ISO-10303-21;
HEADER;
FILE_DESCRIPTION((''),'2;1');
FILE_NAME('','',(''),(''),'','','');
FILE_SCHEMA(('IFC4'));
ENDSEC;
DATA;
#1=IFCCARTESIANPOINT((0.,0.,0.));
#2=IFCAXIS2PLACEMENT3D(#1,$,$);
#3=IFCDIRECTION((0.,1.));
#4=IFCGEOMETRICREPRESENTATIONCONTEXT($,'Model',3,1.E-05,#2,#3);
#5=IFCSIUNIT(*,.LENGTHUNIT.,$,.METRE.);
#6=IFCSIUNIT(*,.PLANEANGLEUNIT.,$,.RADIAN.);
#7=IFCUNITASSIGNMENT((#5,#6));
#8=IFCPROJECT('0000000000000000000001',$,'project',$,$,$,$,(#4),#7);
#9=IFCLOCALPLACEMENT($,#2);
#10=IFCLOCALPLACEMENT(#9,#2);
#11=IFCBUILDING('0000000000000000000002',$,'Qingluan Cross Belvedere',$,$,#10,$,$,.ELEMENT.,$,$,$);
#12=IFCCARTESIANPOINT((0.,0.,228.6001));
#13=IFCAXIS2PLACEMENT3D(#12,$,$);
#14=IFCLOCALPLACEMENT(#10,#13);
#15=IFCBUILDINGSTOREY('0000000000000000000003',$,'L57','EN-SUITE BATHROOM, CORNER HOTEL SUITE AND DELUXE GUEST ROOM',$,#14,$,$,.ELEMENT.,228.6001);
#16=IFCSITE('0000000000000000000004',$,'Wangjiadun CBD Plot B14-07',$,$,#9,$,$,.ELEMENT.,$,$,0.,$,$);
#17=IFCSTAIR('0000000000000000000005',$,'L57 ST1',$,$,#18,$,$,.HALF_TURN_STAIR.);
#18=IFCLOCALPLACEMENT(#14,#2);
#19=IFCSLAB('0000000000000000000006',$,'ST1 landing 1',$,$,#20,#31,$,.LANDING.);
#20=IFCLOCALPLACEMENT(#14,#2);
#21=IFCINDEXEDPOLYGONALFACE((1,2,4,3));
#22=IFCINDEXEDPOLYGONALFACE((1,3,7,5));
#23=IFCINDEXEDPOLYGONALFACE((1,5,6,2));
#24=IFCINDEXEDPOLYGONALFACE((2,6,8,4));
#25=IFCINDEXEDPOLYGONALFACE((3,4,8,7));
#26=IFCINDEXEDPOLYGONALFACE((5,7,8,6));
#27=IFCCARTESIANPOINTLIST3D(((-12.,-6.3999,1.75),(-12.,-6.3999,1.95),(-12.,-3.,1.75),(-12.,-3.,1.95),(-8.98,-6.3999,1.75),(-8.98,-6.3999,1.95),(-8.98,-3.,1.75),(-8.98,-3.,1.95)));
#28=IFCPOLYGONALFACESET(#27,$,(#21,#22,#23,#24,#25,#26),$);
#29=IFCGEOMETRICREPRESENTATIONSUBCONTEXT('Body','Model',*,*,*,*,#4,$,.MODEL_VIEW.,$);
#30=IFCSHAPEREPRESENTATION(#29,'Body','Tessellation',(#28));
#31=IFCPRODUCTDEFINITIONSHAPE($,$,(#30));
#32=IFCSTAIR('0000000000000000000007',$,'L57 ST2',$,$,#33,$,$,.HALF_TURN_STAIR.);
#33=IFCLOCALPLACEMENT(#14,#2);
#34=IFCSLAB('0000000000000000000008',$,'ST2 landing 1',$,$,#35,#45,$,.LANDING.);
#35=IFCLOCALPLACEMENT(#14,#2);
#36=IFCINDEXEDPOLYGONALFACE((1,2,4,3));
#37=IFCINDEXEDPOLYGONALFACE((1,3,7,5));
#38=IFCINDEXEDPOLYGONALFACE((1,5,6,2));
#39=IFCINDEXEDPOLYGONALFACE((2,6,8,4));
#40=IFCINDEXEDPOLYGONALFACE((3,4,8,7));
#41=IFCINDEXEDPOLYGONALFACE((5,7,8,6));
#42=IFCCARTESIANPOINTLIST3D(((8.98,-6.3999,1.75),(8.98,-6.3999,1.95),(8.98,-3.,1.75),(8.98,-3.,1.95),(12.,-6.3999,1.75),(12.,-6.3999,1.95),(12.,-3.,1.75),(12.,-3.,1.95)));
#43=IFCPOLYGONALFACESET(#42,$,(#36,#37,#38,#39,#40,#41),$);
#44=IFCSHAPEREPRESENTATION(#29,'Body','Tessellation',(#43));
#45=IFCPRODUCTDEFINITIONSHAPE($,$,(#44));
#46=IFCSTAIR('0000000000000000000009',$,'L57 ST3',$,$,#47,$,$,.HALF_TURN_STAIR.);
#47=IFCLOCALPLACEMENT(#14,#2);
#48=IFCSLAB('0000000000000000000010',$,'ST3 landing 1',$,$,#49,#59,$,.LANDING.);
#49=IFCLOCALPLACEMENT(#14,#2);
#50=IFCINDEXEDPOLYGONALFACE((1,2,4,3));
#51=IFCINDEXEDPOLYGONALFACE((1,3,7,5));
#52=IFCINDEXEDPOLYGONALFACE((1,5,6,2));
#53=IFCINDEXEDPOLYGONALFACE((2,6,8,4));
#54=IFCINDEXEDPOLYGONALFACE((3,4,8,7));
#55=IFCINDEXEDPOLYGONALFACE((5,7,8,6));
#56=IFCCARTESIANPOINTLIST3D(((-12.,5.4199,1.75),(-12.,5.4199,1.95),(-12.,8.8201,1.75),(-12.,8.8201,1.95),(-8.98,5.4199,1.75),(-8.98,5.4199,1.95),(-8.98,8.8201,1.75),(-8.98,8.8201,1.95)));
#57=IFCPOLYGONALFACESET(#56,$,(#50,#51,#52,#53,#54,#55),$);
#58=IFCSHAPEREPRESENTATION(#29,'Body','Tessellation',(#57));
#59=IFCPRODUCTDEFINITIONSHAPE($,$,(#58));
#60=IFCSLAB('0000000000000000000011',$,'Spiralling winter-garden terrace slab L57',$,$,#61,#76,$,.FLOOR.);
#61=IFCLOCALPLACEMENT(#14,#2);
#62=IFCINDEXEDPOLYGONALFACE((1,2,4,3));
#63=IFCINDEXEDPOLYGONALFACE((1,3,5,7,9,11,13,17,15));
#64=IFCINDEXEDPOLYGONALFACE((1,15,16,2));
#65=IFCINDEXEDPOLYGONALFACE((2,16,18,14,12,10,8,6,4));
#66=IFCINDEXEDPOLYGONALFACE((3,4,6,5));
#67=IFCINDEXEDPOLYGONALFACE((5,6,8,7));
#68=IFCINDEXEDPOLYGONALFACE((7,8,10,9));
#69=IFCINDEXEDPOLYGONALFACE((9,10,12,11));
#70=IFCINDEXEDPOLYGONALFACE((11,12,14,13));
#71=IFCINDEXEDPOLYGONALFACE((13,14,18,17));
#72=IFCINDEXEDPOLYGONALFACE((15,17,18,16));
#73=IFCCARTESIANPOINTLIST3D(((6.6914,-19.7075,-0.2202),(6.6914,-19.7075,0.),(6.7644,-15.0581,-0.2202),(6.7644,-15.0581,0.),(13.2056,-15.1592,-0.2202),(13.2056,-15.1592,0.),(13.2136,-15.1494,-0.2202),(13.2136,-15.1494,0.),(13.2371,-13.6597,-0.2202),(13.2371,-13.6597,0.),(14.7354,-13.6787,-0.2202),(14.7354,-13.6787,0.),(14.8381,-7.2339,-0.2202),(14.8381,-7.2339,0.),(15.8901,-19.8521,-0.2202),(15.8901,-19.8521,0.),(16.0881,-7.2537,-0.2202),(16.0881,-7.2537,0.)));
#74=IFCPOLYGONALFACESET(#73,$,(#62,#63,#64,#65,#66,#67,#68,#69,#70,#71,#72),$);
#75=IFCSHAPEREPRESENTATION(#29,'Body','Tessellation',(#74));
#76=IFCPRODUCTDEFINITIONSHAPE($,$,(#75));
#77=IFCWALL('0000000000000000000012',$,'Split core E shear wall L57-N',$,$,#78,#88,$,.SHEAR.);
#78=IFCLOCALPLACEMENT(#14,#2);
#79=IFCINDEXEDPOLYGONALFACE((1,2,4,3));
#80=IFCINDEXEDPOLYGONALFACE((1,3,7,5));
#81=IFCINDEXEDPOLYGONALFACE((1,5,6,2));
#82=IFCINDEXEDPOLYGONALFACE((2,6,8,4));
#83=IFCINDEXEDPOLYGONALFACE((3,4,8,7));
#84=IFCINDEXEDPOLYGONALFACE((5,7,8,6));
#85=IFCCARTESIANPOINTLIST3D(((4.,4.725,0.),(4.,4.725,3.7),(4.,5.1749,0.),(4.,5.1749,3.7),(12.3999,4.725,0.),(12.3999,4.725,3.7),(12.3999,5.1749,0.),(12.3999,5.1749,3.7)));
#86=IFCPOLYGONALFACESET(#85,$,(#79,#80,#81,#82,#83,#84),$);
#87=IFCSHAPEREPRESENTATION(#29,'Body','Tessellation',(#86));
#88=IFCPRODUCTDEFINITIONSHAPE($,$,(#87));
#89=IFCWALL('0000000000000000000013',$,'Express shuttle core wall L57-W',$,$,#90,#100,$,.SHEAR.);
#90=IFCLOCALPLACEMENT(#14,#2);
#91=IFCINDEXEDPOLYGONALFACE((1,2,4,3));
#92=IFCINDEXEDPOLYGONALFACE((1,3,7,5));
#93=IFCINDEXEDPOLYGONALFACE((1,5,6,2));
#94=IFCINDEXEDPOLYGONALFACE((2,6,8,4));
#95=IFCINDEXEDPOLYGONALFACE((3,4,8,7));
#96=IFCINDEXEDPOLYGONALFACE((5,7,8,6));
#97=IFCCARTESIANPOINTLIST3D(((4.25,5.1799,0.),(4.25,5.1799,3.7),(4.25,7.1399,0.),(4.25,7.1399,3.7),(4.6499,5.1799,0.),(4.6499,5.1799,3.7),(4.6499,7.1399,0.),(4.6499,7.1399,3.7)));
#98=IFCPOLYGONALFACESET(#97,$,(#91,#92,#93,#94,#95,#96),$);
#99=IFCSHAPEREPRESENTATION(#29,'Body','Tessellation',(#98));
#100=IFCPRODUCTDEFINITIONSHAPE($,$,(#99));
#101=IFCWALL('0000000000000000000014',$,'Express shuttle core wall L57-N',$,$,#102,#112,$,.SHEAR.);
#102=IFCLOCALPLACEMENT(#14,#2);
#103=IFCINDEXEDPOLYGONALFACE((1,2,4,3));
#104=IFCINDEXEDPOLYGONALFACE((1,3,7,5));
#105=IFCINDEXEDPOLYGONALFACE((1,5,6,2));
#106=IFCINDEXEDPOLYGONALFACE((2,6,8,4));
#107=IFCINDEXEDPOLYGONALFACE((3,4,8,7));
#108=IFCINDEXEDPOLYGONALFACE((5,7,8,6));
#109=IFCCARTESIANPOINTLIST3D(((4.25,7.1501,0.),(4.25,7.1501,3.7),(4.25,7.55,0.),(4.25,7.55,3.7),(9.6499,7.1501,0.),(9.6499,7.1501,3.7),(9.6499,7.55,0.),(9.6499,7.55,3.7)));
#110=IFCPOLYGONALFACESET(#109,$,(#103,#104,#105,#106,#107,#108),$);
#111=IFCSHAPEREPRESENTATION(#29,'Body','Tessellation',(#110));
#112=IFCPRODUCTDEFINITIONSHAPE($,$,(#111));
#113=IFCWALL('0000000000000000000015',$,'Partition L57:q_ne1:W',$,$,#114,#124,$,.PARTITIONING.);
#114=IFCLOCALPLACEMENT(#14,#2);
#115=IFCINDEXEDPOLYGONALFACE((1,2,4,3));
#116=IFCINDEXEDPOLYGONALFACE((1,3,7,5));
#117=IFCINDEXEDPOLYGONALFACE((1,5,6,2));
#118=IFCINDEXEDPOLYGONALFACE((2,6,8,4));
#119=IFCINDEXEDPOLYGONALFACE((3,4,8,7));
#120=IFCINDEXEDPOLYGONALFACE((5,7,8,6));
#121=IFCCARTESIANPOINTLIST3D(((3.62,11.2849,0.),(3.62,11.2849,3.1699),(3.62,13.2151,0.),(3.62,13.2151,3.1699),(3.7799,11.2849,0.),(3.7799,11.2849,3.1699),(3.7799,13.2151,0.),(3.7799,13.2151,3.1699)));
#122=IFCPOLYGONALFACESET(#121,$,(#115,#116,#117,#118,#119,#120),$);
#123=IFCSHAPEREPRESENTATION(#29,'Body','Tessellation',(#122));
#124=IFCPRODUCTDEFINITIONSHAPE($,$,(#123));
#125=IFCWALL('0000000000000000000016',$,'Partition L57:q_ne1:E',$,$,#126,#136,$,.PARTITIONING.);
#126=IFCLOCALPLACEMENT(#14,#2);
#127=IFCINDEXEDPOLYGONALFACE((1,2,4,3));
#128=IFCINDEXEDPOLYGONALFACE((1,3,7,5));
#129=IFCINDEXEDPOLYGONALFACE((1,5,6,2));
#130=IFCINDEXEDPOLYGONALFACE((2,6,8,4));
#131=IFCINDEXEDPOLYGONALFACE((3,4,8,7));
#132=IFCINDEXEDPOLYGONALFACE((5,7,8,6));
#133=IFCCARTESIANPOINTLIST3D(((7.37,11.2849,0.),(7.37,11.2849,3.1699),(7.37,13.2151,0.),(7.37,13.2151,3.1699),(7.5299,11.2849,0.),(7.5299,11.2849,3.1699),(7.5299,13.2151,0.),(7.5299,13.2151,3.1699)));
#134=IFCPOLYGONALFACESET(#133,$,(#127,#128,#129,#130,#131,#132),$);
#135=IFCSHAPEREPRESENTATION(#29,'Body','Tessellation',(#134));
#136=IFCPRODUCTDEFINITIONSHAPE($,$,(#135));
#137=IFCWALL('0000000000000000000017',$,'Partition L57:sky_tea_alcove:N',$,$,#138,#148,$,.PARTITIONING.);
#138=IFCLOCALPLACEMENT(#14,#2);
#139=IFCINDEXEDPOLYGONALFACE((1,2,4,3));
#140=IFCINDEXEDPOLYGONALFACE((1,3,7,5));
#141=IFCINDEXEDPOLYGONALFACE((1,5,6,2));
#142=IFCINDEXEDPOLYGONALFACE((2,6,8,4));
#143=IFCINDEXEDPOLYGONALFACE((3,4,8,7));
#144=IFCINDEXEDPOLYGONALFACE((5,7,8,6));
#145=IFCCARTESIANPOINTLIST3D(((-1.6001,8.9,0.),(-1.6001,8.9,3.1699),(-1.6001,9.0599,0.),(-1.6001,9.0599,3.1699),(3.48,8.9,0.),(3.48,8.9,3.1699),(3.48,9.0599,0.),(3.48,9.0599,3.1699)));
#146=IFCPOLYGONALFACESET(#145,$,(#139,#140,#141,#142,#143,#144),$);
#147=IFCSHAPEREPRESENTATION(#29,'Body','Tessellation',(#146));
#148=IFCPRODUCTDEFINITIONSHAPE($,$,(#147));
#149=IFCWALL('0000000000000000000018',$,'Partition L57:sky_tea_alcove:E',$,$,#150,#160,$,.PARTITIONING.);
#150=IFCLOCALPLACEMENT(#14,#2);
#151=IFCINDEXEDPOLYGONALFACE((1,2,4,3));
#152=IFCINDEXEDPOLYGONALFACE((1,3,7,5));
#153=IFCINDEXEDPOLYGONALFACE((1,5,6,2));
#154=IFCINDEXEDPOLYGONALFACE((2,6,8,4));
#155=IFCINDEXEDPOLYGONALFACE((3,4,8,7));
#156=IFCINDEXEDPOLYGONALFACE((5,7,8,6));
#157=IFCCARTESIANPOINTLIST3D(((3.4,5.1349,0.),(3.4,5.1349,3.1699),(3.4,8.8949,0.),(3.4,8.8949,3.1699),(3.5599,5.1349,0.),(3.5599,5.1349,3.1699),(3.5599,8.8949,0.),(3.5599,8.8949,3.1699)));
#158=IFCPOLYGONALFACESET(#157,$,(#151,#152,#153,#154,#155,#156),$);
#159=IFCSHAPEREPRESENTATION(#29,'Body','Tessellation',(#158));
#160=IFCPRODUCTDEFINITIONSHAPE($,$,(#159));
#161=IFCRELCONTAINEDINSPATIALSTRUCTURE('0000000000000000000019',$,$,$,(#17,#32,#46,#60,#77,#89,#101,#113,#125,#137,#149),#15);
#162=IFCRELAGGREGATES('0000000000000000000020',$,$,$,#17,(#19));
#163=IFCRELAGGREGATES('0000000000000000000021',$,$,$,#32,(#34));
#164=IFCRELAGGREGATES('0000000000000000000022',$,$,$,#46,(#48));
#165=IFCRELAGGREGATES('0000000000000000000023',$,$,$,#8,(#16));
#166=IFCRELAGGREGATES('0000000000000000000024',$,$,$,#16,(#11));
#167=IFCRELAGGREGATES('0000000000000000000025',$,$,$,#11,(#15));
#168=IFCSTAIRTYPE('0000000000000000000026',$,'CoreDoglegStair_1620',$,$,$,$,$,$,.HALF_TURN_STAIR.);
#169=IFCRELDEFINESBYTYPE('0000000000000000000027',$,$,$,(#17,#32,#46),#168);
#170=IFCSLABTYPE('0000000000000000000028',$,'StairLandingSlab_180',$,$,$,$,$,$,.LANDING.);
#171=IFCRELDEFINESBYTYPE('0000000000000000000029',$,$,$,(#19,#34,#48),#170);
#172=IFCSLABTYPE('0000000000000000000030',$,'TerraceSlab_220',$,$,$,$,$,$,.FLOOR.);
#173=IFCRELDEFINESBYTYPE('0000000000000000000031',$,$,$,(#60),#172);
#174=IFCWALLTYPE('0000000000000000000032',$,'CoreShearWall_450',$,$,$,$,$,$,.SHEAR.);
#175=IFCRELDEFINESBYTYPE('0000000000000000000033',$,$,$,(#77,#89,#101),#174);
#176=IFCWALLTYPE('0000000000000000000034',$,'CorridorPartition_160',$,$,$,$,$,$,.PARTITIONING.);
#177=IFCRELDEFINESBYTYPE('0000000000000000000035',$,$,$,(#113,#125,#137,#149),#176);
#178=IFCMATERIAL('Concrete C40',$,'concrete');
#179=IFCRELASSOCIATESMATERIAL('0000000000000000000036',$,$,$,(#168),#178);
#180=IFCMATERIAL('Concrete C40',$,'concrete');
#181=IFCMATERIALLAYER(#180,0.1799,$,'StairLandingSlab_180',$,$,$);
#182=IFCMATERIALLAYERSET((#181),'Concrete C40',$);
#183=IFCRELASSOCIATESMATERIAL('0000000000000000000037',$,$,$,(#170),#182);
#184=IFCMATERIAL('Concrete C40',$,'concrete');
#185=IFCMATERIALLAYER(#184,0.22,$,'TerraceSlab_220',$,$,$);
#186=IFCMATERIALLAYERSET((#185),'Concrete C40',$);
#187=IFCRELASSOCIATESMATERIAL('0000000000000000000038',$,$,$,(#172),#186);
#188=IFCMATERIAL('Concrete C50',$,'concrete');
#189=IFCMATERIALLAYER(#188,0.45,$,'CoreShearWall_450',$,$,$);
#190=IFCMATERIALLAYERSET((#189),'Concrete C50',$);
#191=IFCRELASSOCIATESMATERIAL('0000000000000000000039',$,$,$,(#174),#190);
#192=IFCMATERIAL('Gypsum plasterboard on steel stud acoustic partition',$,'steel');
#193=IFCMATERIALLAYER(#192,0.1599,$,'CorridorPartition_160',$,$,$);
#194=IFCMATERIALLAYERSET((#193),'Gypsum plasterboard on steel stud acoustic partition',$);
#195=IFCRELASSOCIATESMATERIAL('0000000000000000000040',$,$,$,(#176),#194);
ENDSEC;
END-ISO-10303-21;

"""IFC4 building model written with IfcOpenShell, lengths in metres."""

from ifc_helpers import new_model, si_unit, direction, frame, frame_2d, origin, place, context, subcontext, project, spatial, polyline, rectangle, outline, extrude, material, layer, layer_set, type_object, element, aggregate, save


model = new_model("IFC4")

# Units and contexts
model_context = context("Model", 3, precision=1e-05, world=origin(), true_north=direction((0.0, 1.0)))
body_context = subcontext(model_context, "Body", "Model", "MODEL_VIEW")
ifc_project = project(units=[si_unit("LENGTHUNIT", "METRE"), si_unit("PLANEANGLEUNIT", "RADIAN")], contexts=[model_context])

# Site, building, storey
site_placement = place(None, origin())
site = spatial("IfcSite", under=ifc_project, at=site_placement, Name="Wangjiadun CBD Plot B14-07", CompositionType="ELEMENT", RefElevation=0.0)
building_placement = place(site_placement, origin())
building = spatial("IfcBuilding", under=site, at=building_placement, Name="Qingluan Cross Belvedere", CompositionType="ELEMENT")
storey_placement = place(building_placement, frame((0.0, 0.0, 228.6001)))
storey = spatial("IfcBuildingStorey", under=building, at=storey_placement, Name="L57", Description="EN-SUITE BATHROOM, CORNER HOTEL SUITE AND DELUXE GUEST ROOM", CompositionType="ELEMENT", Elevation=228.6001)

# Stairs, slabs
ifc_material_1 = material(Name="Concrete C40", Category="concrete")
stair_type = type_object("IfcStairType", Name="CoreDoglegStair_1620", PredefinedType="HALF_TURN_STAIR", material=ifc_material_1)
stair_1_placement = place(storey_placement, origin())
stair_1 = element("IfcStair", 1, at=stair_1_placement, inside=storey, type_object=stair_type, Name="L57 ST1", PredefinedType="HALF_TURN_STAIR")
ifc_material_2 = material(Name="Concrete C40", Category="concrete")
ifc_layer_1 = layer(ifc_material_2, 0.1799, Name="StairLandingSlab_180")
ifc_layer_set_1 = layer_set([ifc_layer_1], Name="Concrete C40")
slab_type_1 = type_object("IfcSlabType", Name="StairLandingSlab_180", PredefinedType="LANDING", material=ifc_layer_set_1)
slab_1_placement = place(storey_placement, frame((0.0, 0.0, 1.75)))
slab_1 = element("IfcSlab", 2, at=slab_1_placement, type_object=slab_type_1, Name="ST1 landing 1", PredefinedType="LANDING", context=body_context, shape_type="SweptSolid", body=[
    extrude(outline(polyline([(-8.98, -3.0), (-12.0, -3.0), (-12.0, -6.3999), (-8.98, -6.3999), (-8.98, -3.0)])), origin(), (0.0, 0.0, 1.0), 0.2),
])
aggregate(stair_1, [slab_1])
stair_2_placement = place(storey_placement, origin())
stair_2 = element("IfcStair", 3, at=stair_2_placement, inside=storey, type_object=stair_type, Name="L57 ST2", PredefinedType="HALF_TURN_STAIR")
slab_2_placement = place(storey_placement, frame((0.0, 0.0, 1.75)))
slab_2 = element("IfcSlab", 4, at=slab_2_placement, type_object=slab_type_1, Name="ST2 landing 1", PredefinedType="LANDING", context=body_context, shape_type="SweptSolid", body=[
    extrude(outline(polyline([(8.98, -6.3999), (12.0, -6.3999), (12.0, -3.0), (8.98, -3.0), (8.98, -6.3999)])), origin(), (0.0, 0.0, 1.0), 0.2),
])
aggregate(stair_2, [slab_2])
stair_3_placement = place(storey_placement, origin())
stair_3 = element("IfcStair", 5, at=stair_3_placement, inside=storey, type_object=stair_type, Name="L57 ST3", PredefinedType="HALF_TURN_STAIR")
slab_3_placement = place(storey_placement, frame((0.0, 0.0, 1.75)))
slab_3 = element("IfcSlab", 6, at=slab_3_placement, type_object=slab_type_1, Name="ST3 landing 1", PredefinedType="LANDING", context=body_context, shape_type="SweptSolid", body=[
    extrude(outline(polyline([(-8.98, 8.8201), (-12.0, 8.8201), (-12.0, 5.4199), (-8.98, 5.4199), (-8.98, 8.8201)])), origin(), (0.0, 0.0, 1.0), 0.2),
])
aggregate(stair_3, [slab_3])

# Slab
ifc_material_3 = material(Name="Concrete C40", Category="concrete")
ifc_layer_2 = layer(ifc_material_3, 0.22, Name="TerraceSlab_220")
ifc_layer_set_2 = layer_set([ifc_layer_2], Name="Concrete C40")
slab_type_2 = type_object("IfcSlabType", Name="TerraceSlab_220", PredefinedType="FLOOR", material=ifc_layer_set_2)
slab_4_placement = place(storey_placement, frame((0.0, 0.0, -0.2202)))
element("IfcSlab", 7, at=slab_4_placement, inside=storey, type_object=slab_type_2, Name="Spiralling winter-garden terrace slab L57", PredefinedType="FLOOR", context=body_context, shape_type="SweptSolid", body=[
    extrude(outline(polyline([(14.8381, -7.2339), (14.7354, -13.6787), (13.2371, -13.6597), (13.2136, -15.1494), (13.2056, -15.1592), (6.7644, -15.0581), (6.6914, -19.7075), (15.8901, -19.8521), (16.0881, -7.2537), (14.8381, -7.2339)])), origin(), (0.0, 0.0, 1.0), 0.2202),
])

# Walls
ifc_material_4 = material(Name="Concrete C50", Category="concrete")
ifc_layer_3 = layer(ifc_material_4, 0.45, Name="CoreShearWall_450")
ifc_layer_set_3 = layer_set([ifc_layer_3], Name="Concrete C50")
wall_type_1 = type_object("IfcWallType", Name="CoreShearWall_450", PredefinedType="SHEAR", material=ifc_layer_set_3)
wall_1_placement = place(storey_placement, frame((4.0, 4.95, 0.0), z_axis=(0.0, 0.0, 1.0), x_axis=(1.0, 0.0, 0.0)))
element("IfcWall", 8, at=wall_1_placement, inside=storey, type_object=wall_type_1, Name="Split core E shear wall L57-N", PredefinedType="SHEAR", context=body_context, shape_type="SweptSolid", body=[
    extrude(rectangle(XDim=8.3999, YDim=0.45, at=frame_2d((4.2, 0.0))), origin(), (0.0, 0.0, 1.0), 3.7),
])
wall_2_placement = place(storey_placement, frame((4.45, 5.1799, 0.0), z_axis=(0.0, 0.0, 1.0), x_axis=(0.0, 1.0, 0.0)))
element("IfcWall", 9, at=wall_2_placement, inside=storey, type_object=wall_type_1, Name="Express shuttle core wall L57-W", PredefinedType="SHEAR", context=body_context, shape_type="SweptSolid", body=[
    extrude(rectangle(XDim=1.96, YDim=0.3999, at=frame_2d((0.98, 0.0))), origin(), (0.0, 0.0, 1.0), 3.7),
])
wall_3_placement = place(storey_placement, frame((4.25, 7.3501, 0.0), z_axis=(0.0, 0.0, 1.0), x_axis=(1.0, 0.0, 0.0)))
element("IfcWall", 10, at=wall_3_placement, inside=storey, type_object=wall_type_1, Name="Express shuttle core wall L57-N", PredefinedType="SHEAR", context=body_context, shape_type="SweptSolid", body=[
    extrude(rectangle(XDim=5.3999, YDim=0.3999, at=frame_2d((2.7, 0.0))), origin(), (0.0, 0.0, 1.0), 3.7),
])

# Shared definitions
ifc_material_5 = material(Name="Gypsum plasterboard on steel stud acoustic partition", Category="steel")
ifc_layer_4 = layer(ifc_material_5, 0.1599, Name="CorridorPartition_160")
ifc_layer_set_4 = layer_set([ifc_layer_4], Name="Gypsum plasterboard on steel stud acoustic partition")
wall_type_2 = type_object("IfcWallType", Name="CorridorPartition_160", PredefinedType="PARTITIONING", material=ifc_layer_set_4)

# Walls
for number, where, z_axis, x_axis, name in (
    (11, (3.7, 11.2849, 0.0), (0.0, 0.0, 1.0), (0.0, 1.0, 0.0), "Partition L57:q_ne1:W"),
    (12, (7.45, 11.2849, 0.0), (0.0, 0.0, 1.0), (0.0, 1.0, 0.0), "Partition L57:q_ne1:E"),
):
    element("IfcWall", number, at=place(storey_placement, frame(where, z_axis=z_axis, x_axis=x_axis)), inside=storey, type_object=wall_type_2, Name=name, PredefinedType="PARTITIONING", context=body_context, shape_type="SweptSolid", body=[
        extrude(rectangle(XDim=1.9302, YDim=0.1599, at=frame_2d((0.9651, 0.0))), origin(), (0.0, 0.0, 1.0), 3.1699),
    ])

# Walls
wall_4_placement = place(storey_placement, frame((-1.6001, 8.98, 0.0), z_axis=(0.0, 0.0, 1.0), x_axis=(1.0, 0.0, 0.0)))
element("IfcWall", 13, at=wall_4_placement, inside=storey, type_object=wall_type_2, Name="Partition L57:sky_tea_alcove:N", PredefinedType="PARTITIONING", context=body_context, shape_type="SweptSolid", body=[
    extrude(rectangle(XDim=5.0801, YDim=0.1599, at=frame_2d((2.54, 0.0))), origin(), (0.0, 0.0, 1.0), 3.1699),
])
wall_5_placement = place(storey_placement, frame((3.48, 5.135, 0.0), z_axis=(0.0, 0.0, 1.0), x_axis=(0.0, 1.0, 0.0)))
element("IfcWall", 14, at=wall_5_placement, inside=storey, type_object=wall_type_2, Name="Partition L57:sky_tea_alcove:E", PredefinedType="PARTITIONING", context=body_context, shape_type="SweptSolid", body=[
    extrude(rectangle(XDim=3.76, YDim=0.1599, at=frame_2d((1.8799, 0.0))), origin(), (0.0, 0.0, 1.0), 3.1699),
])

save(model, "model.ifc")
